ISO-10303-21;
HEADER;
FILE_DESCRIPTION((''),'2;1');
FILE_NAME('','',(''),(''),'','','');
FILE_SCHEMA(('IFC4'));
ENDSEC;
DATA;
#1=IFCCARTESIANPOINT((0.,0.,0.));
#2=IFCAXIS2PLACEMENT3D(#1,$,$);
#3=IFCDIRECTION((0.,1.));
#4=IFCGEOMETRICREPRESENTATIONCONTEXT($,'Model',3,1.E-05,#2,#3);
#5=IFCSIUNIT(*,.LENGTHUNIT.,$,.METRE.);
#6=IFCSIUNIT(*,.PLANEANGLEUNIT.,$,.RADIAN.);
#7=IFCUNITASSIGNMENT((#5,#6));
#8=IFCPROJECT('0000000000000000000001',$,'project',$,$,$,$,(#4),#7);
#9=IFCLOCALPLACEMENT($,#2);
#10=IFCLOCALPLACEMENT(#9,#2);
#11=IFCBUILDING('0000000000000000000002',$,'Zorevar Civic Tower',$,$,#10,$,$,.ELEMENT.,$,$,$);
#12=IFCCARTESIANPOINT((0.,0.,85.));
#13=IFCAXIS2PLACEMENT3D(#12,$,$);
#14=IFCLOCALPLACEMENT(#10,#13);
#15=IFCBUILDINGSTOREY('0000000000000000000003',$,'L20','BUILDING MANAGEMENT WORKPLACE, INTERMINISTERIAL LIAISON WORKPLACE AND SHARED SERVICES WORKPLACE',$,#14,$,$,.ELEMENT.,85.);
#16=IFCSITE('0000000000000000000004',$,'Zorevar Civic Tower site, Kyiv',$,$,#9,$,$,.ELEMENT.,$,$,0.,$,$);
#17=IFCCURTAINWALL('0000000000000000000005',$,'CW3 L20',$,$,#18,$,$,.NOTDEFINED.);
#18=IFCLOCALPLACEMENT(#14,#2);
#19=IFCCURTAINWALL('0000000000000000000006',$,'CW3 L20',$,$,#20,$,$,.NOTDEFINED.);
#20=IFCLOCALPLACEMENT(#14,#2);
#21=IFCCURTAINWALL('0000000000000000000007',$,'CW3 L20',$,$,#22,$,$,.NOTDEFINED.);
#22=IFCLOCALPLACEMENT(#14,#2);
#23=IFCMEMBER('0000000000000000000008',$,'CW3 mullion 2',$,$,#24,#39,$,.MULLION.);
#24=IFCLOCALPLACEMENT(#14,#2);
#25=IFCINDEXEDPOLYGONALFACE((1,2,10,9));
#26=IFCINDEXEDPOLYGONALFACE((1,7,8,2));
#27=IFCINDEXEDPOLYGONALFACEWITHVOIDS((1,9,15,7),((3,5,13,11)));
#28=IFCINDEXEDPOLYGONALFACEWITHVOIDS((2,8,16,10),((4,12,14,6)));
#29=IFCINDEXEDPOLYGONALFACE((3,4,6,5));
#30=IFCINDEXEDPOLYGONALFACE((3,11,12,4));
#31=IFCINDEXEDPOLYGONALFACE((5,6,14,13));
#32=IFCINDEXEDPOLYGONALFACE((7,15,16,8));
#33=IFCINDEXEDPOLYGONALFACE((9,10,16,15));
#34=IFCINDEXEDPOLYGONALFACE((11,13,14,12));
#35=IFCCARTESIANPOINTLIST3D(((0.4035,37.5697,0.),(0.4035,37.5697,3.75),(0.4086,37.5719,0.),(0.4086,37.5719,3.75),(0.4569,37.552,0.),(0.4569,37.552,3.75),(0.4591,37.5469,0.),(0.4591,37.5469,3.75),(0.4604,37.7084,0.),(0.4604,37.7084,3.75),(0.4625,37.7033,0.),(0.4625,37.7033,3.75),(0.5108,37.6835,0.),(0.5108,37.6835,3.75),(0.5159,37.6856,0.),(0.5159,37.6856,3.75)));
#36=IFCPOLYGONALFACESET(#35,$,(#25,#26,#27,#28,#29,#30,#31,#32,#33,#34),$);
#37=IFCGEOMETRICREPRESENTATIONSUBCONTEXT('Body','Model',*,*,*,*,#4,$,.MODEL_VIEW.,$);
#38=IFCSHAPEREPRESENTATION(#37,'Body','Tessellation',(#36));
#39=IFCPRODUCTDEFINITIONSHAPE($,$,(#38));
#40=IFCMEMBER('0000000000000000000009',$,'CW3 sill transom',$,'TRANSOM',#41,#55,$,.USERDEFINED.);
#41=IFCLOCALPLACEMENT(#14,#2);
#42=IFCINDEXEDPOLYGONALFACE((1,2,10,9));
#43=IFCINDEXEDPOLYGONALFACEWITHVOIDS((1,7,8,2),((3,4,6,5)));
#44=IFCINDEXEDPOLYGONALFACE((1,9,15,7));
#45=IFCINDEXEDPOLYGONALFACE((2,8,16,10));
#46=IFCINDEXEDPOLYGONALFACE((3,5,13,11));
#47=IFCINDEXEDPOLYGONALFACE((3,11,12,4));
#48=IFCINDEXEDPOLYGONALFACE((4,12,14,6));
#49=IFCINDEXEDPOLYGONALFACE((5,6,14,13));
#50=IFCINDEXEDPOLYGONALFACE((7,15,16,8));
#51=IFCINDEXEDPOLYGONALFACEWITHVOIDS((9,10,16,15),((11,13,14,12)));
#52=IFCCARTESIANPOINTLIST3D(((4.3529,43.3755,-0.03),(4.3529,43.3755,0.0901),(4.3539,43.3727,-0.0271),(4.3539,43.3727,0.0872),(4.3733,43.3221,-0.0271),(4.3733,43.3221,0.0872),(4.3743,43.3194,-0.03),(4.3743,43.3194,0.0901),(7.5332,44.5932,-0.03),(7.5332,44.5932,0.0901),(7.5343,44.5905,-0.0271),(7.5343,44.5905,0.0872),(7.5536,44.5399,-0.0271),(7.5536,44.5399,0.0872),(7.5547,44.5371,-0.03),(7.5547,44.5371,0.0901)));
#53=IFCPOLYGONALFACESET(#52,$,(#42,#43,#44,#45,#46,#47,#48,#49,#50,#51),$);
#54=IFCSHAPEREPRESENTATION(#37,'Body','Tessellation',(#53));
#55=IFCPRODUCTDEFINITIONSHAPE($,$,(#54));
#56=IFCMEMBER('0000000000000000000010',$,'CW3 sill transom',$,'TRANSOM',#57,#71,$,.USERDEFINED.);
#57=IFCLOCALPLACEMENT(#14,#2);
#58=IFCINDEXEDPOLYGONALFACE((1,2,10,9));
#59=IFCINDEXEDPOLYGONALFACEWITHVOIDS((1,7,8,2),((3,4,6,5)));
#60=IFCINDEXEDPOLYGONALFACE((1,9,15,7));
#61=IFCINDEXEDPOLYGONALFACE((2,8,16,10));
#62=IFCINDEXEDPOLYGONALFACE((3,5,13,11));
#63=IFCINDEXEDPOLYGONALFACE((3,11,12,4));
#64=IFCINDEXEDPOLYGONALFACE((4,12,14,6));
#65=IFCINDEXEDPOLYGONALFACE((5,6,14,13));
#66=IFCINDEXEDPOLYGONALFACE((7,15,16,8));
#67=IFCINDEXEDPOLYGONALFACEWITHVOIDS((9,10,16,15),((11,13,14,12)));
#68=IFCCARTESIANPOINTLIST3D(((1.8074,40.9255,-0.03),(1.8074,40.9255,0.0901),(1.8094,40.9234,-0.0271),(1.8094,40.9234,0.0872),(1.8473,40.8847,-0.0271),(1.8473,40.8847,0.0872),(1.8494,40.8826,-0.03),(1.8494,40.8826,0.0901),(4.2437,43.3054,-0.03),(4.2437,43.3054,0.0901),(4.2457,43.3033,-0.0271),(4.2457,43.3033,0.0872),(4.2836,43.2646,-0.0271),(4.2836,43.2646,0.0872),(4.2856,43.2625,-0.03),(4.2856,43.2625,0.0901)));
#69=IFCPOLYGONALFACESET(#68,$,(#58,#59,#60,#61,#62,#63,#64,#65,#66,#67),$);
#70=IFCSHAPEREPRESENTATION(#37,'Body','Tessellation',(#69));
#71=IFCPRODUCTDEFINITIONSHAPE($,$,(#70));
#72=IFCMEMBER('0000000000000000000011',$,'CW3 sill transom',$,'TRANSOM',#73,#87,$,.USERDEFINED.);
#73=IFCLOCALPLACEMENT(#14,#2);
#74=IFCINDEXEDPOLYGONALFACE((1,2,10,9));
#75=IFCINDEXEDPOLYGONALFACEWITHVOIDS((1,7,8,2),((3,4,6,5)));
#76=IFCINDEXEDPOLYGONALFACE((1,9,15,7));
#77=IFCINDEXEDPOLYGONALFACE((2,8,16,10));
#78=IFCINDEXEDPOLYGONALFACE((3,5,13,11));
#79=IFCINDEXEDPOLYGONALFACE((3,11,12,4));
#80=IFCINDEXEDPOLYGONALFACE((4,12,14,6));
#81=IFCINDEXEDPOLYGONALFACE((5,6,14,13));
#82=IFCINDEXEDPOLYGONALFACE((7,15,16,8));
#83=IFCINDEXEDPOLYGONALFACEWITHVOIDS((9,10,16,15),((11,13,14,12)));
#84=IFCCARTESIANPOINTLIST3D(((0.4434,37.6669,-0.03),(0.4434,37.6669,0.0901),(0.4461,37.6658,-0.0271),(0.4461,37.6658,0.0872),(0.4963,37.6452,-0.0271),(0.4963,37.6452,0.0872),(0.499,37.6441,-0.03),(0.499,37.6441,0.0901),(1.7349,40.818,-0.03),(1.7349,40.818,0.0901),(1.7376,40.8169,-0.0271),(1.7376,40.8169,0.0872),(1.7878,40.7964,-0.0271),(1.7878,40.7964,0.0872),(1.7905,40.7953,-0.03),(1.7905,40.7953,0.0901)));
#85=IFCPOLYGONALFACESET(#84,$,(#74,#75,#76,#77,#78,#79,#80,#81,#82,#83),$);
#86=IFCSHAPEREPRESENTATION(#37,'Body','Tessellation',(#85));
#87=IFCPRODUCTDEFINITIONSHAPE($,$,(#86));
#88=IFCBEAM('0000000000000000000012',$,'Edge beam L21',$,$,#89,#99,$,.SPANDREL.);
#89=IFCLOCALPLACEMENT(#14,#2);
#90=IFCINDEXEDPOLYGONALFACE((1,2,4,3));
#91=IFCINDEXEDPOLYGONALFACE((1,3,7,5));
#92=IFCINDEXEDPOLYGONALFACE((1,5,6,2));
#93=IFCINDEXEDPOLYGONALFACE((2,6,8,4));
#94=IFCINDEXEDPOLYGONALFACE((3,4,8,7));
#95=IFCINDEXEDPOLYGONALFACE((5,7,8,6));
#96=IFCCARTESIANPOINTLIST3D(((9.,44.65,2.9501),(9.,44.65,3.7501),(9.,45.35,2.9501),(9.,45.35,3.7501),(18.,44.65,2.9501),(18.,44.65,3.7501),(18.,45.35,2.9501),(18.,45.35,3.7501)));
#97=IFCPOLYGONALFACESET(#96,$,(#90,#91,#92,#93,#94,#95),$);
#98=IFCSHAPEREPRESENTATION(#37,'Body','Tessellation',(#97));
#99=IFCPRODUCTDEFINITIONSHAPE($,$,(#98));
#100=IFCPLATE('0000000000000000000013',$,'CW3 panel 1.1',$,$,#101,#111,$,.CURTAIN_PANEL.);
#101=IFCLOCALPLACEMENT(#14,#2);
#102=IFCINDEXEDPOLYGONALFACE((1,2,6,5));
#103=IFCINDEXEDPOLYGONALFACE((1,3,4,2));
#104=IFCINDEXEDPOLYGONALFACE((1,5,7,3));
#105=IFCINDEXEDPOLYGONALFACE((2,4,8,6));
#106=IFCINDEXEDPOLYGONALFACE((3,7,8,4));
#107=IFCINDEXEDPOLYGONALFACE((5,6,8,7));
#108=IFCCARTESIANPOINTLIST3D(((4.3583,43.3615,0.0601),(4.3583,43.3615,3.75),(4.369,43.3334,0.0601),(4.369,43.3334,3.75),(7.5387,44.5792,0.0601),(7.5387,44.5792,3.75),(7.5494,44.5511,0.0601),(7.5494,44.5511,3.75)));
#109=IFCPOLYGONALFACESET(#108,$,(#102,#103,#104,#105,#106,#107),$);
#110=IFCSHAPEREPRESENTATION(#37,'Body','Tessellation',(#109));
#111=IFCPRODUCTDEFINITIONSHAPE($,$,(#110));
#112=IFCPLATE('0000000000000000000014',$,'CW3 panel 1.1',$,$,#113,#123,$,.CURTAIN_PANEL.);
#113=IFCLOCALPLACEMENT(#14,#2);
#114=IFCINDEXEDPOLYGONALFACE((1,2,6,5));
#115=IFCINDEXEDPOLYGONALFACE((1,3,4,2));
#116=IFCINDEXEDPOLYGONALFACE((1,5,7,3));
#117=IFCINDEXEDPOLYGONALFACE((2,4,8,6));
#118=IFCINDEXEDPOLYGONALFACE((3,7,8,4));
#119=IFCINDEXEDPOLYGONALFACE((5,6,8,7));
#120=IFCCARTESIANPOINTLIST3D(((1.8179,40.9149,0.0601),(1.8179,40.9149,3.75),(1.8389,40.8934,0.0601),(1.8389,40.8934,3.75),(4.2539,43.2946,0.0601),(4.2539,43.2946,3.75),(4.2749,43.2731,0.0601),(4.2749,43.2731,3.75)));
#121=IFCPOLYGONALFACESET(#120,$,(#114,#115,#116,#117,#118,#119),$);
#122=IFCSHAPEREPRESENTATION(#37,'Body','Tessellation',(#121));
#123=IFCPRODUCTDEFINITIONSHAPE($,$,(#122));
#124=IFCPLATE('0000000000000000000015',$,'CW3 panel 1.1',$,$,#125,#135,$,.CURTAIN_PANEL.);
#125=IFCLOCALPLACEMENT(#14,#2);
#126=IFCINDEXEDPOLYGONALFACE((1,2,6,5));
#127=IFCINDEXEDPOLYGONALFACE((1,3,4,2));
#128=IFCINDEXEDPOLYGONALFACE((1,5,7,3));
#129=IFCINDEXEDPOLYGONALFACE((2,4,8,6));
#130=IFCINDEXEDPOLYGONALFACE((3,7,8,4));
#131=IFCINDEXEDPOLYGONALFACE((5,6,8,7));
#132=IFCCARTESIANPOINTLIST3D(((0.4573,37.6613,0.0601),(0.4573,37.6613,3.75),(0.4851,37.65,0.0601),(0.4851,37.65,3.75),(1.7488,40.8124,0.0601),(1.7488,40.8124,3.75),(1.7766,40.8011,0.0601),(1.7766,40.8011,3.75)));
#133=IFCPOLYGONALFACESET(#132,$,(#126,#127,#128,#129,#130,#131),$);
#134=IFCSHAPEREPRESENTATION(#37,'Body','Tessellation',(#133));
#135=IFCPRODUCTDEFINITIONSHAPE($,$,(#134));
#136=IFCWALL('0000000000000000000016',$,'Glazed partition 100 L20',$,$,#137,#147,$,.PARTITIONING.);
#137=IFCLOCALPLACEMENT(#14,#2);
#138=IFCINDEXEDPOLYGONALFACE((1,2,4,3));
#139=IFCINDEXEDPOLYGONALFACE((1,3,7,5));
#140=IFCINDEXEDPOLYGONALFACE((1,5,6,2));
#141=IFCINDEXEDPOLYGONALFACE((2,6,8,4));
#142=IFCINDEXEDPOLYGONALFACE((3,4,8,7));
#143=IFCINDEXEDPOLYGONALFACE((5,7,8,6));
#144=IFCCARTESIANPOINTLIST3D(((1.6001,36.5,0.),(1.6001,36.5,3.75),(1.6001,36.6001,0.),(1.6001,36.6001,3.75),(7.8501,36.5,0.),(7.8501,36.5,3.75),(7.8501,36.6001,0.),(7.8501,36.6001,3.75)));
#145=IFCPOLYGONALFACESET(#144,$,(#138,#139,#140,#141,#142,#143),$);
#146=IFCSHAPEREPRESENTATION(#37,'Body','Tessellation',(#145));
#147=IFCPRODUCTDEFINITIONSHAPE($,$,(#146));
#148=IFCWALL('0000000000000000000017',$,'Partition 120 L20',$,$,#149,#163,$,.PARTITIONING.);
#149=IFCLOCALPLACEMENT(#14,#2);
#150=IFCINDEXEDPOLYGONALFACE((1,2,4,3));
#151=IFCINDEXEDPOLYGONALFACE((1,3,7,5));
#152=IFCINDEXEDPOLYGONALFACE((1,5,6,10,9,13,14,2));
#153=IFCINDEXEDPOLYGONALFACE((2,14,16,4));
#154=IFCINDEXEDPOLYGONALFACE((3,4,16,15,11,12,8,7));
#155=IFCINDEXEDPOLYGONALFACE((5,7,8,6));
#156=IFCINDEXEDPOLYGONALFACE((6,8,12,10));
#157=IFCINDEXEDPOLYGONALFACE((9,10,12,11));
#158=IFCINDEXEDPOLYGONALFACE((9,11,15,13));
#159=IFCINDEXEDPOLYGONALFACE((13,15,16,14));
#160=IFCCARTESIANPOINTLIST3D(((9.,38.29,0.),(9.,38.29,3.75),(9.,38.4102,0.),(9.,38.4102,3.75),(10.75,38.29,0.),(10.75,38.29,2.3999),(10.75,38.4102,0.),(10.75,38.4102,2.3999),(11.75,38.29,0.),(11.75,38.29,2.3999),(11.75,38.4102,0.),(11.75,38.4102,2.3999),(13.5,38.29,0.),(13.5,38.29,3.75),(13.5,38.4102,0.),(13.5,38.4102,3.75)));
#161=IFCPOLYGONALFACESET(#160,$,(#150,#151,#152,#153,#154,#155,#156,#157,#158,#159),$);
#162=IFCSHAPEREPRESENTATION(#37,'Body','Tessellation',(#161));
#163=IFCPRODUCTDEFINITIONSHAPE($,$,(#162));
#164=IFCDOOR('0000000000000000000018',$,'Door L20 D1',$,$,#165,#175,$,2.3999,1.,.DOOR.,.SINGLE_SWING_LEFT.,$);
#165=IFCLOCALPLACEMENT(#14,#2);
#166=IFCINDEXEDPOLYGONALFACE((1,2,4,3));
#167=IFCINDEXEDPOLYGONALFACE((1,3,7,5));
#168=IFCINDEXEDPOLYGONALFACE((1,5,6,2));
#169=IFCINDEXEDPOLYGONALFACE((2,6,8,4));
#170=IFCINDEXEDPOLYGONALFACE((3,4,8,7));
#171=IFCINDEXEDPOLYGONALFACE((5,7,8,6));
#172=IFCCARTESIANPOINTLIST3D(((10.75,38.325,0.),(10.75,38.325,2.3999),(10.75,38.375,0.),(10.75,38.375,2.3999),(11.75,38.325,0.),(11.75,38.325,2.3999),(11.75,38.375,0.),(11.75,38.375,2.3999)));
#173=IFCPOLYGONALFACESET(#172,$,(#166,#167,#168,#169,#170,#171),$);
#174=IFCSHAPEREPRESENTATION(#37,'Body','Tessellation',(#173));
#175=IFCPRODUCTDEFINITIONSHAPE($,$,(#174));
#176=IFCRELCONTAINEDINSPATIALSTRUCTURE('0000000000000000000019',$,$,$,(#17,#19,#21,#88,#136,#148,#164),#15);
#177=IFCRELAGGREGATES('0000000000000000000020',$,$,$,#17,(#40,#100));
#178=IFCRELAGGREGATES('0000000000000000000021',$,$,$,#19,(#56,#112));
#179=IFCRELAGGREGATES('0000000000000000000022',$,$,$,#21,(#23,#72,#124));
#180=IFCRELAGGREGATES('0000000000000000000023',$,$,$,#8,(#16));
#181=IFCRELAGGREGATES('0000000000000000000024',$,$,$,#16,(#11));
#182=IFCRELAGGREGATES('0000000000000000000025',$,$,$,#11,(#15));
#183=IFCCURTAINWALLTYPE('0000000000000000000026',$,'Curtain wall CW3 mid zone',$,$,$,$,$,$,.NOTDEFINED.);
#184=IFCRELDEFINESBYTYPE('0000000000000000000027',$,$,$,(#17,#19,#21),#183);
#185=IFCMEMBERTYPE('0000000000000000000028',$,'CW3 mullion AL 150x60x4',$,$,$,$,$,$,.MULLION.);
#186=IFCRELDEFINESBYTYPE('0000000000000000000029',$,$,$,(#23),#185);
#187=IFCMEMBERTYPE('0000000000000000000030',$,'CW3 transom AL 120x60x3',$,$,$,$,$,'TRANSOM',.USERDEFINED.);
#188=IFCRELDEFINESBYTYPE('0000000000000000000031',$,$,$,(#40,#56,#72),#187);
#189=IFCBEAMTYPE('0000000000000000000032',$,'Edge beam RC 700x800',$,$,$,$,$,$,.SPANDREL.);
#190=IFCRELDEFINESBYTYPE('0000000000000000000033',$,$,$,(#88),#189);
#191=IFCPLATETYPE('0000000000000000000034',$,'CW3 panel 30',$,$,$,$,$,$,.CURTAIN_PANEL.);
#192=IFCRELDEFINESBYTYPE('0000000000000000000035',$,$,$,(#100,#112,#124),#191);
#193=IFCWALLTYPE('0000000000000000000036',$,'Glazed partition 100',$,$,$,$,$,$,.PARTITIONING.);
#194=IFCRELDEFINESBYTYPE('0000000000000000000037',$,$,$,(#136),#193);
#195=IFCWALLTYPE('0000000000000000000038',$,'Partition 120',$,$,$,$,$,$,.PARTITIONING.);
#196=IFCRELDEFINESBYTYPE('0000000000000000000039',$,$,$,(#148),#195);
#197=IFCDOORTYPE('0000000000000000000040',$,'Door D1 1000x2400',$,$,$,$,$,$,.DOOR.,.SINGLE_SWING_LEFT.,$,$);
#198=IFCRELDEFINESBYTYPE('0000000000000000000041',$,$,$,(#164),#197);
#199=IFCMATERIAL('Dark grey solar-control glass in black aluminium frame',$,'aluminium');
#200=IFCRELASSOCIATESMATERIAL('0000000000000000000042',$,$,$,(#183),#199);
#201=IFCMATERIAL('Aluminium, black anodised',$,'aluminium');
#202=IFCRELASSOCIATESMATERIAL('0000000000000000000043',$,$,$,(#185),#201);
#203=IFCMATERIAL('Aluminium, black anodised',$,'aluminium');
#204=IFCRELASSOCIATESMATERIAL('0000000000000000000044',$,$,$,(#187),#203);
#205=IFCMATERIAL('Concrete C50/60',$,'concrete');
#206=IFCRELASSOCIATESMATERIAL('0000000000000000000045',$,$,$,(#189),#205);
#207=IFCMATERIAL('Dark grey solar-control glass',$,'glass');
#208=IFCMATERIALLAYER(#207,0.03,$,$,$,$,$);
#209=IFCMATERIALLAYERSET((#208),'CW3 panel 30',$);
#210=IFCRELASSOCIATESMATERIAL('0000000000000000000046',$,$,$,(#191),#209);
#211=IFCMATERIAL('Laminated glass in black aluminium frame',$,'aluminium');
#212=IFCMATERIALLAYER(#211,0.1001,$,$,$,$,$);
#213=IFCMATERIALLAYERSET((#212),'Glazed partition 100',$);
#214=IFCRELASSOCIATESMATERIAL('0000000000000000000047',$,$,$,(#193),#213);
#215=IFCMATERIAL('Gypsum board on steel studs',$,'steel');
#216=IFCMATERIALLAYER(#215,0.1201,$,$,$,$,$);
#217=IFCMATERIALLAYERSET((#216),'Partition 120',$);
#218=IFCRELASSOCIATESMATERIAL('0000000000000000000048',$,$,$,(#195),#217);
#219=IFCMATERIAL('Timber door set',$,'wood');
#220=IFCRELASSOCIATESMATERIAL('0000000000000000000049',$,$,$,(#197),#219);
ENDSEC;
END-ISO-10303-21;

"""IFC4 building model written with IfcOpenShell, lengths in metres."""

from ifc_helpers import new_model, si_unit, direction, frame, frame_2d, origin, origin_2d, place, context, subcontext, project, spatial, rectangle, hollow_rectangle, extrude, material, layer, layer_set, material_profile, profile_set, type_object, element, fill, aggregate, save


model = new_model("IFC4")

# Units and contexts
model_context = context("Model", 3, precision=1e-05, world=origin(), true_north=direction((0.0, 1.0)))
body_context = subcontext(model_context, "Body", "Model", "MODEL_VIEW")
ifc_project = project(units=[si_unit("LENGTHUNIT", "METRE"), si_unit("PLANEANGLEUNIT", "RADIAN")], contexts=[model_context])

# Site, building, storey
site_placement = place(None, origin())
site = spatial("IfcSite", under=ifc_project, at=site_placement, Name="Zorevar Civic Tower site, Kyiv", CompositionType="ELEMENT", RefElevation=0.0)
building_placement = place(site_placement, origin())
building = spatial("IfcBuilding", under=site, at=building_placement, Name="Zorevar Civic Tower", CompositionType="ELEMENT")
storey_placement = place(building_placement, frame((0.0, 0.0, 85.0)))
storey = spatial("IfcBuildingStorey", under=building, at=storey_placement, Name="L20", Description="BUILDING MANAGEMENT WORKPLACE, INTERMINISTERIAL LIAISON WORKPLACE AND SHARED SERVICES WORKPLACE", CompositionType="ELEMENT", Elevation=85.0)

# Shared definitions
ifc_material_1 = material(Name="Dark grey solar-control glass in black aluminium frame", Category="aluminium")
curtain_wall_type = type_object("IfcCurtainWallType", Name="Curtain wall CW3 mid zone", PredefinedType="NOTDEFINED", material=ifc_material_1)
ifc_material_2 = material(Name="Aluminium, black anodised", Category="aluminium")
ifc_material_profile_1 = material_profile(ifc_material_2, hollow_rectangle(XDim=0.0601, YDim=0.1499, WallThickness=0.0039, at=origin_2d()), Name="AL 150x60x4")
ifc_profile_set_1 = profile_set([ifc_material_profile_1], Name="Aluminium, black anodised")
member_type_1 = type_object("IfcMemberType", Name="CW3 mullion AL 150x60x4", PredefinedType="MULLION", material=ifc_profile_set_1)

# Curtain walls, member
curtain_wall_1_placement = place(storey_placement, origin())
curtain_wall_1 = element("IfcCurtainWall", 1, at=curtain_wall_1_placement, inside=storey, type_object=curtain_wall_type, Name="CW3 L20", PredefinedType="NOTDEFINED")
curtain_wall_2_placement = place(storey_placement, origin())
curtain_wall_2 = element("IfcCurtainWall", 2, at=curtain_wall_2_placement, inside=storey, type_object=curtain_wall_type, Name="CW3 L20", PredefinedType="NOTDEFINED")
curtain_wall_3_placement = place(storey_placement, origin())
curtain_wall_3 = element("IfcCurtainWall", 3, at=curtain_wall_3_placement, inside=storey, type_object=curtain_wall_type, Name="CW3 L20", PredefinedType="NOTDEFINED")
member_1_placement = place(storey_placement, frame((0.4597, 37.6277, 0.0), z_axis=(0.0, 0.0, 1.0), x_axis=(0.925294, -0.379251, 0.0)))
member_1 = element("IfcMember", 4, at=member_1_placement, type_object=member_type_1, Name="CW3 mullion 2", PredefinedType="MULLION", context=body_context, shape_type="SweptSolid", body=[
    extrude(hollow_rectangle(XDim=0.0601, YDim=0.1499, WallThickness=0.0039, at=origin_2d()), origin(), (0.0, 0.0, 1.0), 3.75),
])

# Members
ifc_material_3 = material(Name="Aluminium, black anodised", Category="aluminium")
ifc_material_profile_2 = material_profile(ifc_material_3, hollow_rectangle(XDim=0.0601, YDim=0.1201, WallThickness=0.0029, at=origin_2d()), Name="AL 120x60x3")
ifc_profile_set_2 = profile_set([ifc_material_profile_2], Name="Aluminium, black anodised")
member_type_2 = type_object("IfcMemberType", Name="CW3 transom AL 120x60x3", ElementType="TRANSOM", PredefinedType="USERDEFINED", material=ifc_profile_set_2)
member_2_placement = place(storey_placement, frame((7.5439, 44.5652, 0.03), z_axis=(-0.933882, -0.357581, 0.0), x_axis=(0.357581, -0.933882, 0.0)))
member_2 = element("IfcMember", 5, at=member_2_placement, type_object=member_type_2, Name="CW3 sill transom", ObjectType="TRANSOM", PredefinedType="USERDEFINED", context=body_context, shape_type="SweptSolid", body=[
    extrude(hollow_rectangle(XDim=0.0601, YDim=0.1201, WallThickness=0.0029, at=origin_2d()), origin(), (0.0, 0.0, 1.0), 3.4055),
])
member_3_placement = place(storey_placement, frame((4.2646, 43.2839, 0.03), z_axis=(-0.715338, -0.698779, 0.0), x_axis=(0.698779, -0.715338, 0.0)))
member_3 = element("IfcMember", 6, at=member_3_placement, type_object=member_type_2, Name="CW3 sill transom", ObjectType="TRANSOM", PredefinedType="USERDEFINED", context=body_context, shape_type="SweptSolid", body=[
    extrude(hollow_rectangle(XDim=0.0601, YDim=0.1201, WallThickness=0.0029, at=origin_2d()), origin(), (0.0, 0.0, 1.0), 3.4058),
])
member_4_placement = place(storey_placement, frame((1.7627, 40.8066, 0.03), z_axis=(-0.379239, -0.925299, 0.0), x_axis=(0.925299, -0.379239, 0.0)))
member_4 = element("IfcMember", 7, at=member_4_placement, type_object=member_type_2, Name="CW3 sill transom", ObjectType="TRANSOM", PredefinedType="USERDEFINED", context=body_context, shape_type="SweptSolid", body=[
    extrude(hollow_rectangle(XDim=0.0601, YDim=0.1201, WallThickness=0.0029, at=origin_2d()), origin(), (0.0, 0.0, 1.0), 3.4055),
])

# Beam
ifc_material_4 = material(Name="Concrete C50/60", Category="concrete")
ifc_material_profile_3 = material_profile(ifc_material_4, rectangle(XDim=0.7, YDim=0.8, at=origin_2d()), Name="RC 700x800")
ifc_profile_set_3 = profile_set([ifc_material_profile_3], Name="Concrete C50/60")
beam_type_1 = type_object("IfcBeamType", Name="Edge beam RC 700x800", PredefinedType="SPANDREL", material=ifc_profile_set_3)
beam_1_placement = place(storey_placement, frame((9.0, 45.0, 3.3501), z_axis=(1.0, 0.0, 0.0), x_axis=(0.0, 1.0, 0.0)))
element("IfcBeam", 8, at=beam_1_placement, inside=storey, type_object=beam_type_1, Name="Edge beam L21", PredefinedType="SPANDREL", context=body_context, shape_type="SweptSolid", body=[
    extrude(rectangle(XDim=0.7, YDim=0.8, at=origin_2d()), origin(), (0.0, 0.0, 1.0), 9.0),
])

# Plates
ifc_material_5 = material(Name="Dark grey solar-control glass", Category="glass")
ifc_layer_1 = layer(ifc_material_5, 0.03)
ifc_layer_set_1 = layer_set([ifc_layer_1], Name="CW3 panel 30")
plate_type = type_object("IfcPlateType", Name="CW3 panel 30", PredefinedType="CURTAIN_PANEL", material=ifc_layer_set_1)
plate_1_placement = place(storey_placement, frame((5.9539, 43.9563, 0.0601), z_axis=(0.0, 0.0, 1.0), x_axis=(-0.93389, -0.357561, 0.0)))
plate_1 = element("IfcPlate", 9, at=plate_1_placement, type_object=plate_type, Name="CW3 panel 1.1", PredefinedType="CURTAIN_PANEL", context=body_context, shape_type="SweptSolid", body=[
    extrude(rectangle(XDim=3.4055, YDim=0.03, at=origin_2d()), origin(), (0.0, 0.0, 1.0), 3.6899),
])
aggregate(curtain_wall_1, [member_2, plate_1])
plate_2_placement = place(storey_placement, frame((3.0464, 42.094, 0.0601), z_axis=(0.0, 0.0, 1.0), x_axis=(-0.71532, -0.698797, 0.0)))
plate_2 = element("IfcPlate", 10, at=plate_2_placement, type_object=plate_type, Name="CW3 panel 1.1", PredefinedType="CURTAIN_PANEL", context=body_context, shape_type="SweptSolid", body=[
    extrude(rectangle(XDim=3.4055, YDim=0.03, at=origin_2d()), origin(), (0.0, 0.0, 1.0), 3.6899),
])
aggregate(curtain_wall_2, [member_3, plate_2])
plate_3_placement = place(storey_placement, frame((1.1169, 39.2312, 0.0601), z_axis=(0.0, 0.0, 1.0), x_axis=(-0.379251, -0.925294, 0.0)))
plate_3 = element("IfcPlate", 11, at=plate_3_placement, type_object=plate_type, Name="CW3 panel 1.1", PredefinedType="CURTAIN_PANEL", context=body_context, shape_type="SweptSolid", body=[
    extrude(rectangle(XDim=3.4055, YDim=0.03, at=origin_2d()), origin(), (0.0, 0.0, 1.0), 3.6899),
])
aggregate(curtain_wall_3, [member_1, member_4, plate_3])

# Wall
ifc_material_6 = material(Name="Laminated glass in black aluminium frame", Category="aluminium")
ifc_layer_2 = layer(ifc_material_6, 0.1001)
ifc_layer_set_2 = layer_set([ifc_layer_2], Name="Glazed partition 100")
wall_type_1 = type_object("IfcWallType", Name="Glazed partition 100", PredefinedType="PARTITIONING", material=ifc_layer_set_2)
wall_1_placement = place(storey_placement, frame((1.6001, 36.55, 0.0), z_axis=(0.0, 0.0, 1.0), x_axis=(1.0, 0.0, 0.0)))
element("IfcWall", 12, at=wall_1_placement, inside=storey, type_object=wall_type_1, Name="Glazed partition 100 L20", PredefinedType="PARTITIONING", context=body_context, shape_type="SweptSolid", body=[
    extrude(rectangle(XDim=6.25, YDim=0.1001, at=frame_2d((3.125, 0.0))), origin(), (0.0, 0.0, 1.0), 3.75),
])

# Wall, opening, door
ifc_material_7 = material(Name="Gypsum board on steel studs", Category="steel")
ifc_layer_3 = layer(ifc_material_7, 0.1201)
ifc_layer_set_3 = layer_set([ifc_layer_3], Name="Partition 120")
wall_type_2 = type_object("IfcWallType", Name="Partition 120", PredefinedType="PARTITIONING", material=ifc_layer_set_3)
wall_2_placement = place(storey_placement, frame((9.0, 38.3501, 0.0), z_axis=(0.0, 0.0, 1.0), x_axis=(1.0, 0.0, 0.0)))
wall_2 = element("IfcWall", 13, at=wall_2_placement, inside=storey, type_object=wall_type_2, Name="Partition 120 L20", PredefinedType="PARTITIONING", context=body_context, shape_type="SweptSolid", body=[
    extrude(rectangle(XDim=4.5, YDim=0.1201, at=frame_2d((2.25, 0.0))), origin(), (0.0, 0.0, 1.0), 3.75),
])
opening_placement = place(wall_2_placement, frame((1.75, 0.0, 0.0)))
opening = element("IfcOpeningElement", 14, at=opening_placement, cuts=wall_2, PredefinedType="OPENING", context=body_context, shape_type="SweptSolid", body=[
    extrude(rectangle(XDim=1.0, YDim=2.3999, at=frame_2d((0.5, 1.2))), frame((0.0, 0.0701, 0.0), z_axis=(0.0, -1.0, 0.0), x_axis=(1.0, 0.0, 0.0)), (0.0, 0.0, 1.0), 0.1401),
])
ifc_material_8 = material(Name="Timber door set", Category="wood")
door_type = type_object("IfcDoorType", Name="Door D1 1000x2400", OperationType="SINGLE_SWING_LEFT", PredefinedType="DOOR", material=ifc_material_8)
door_placement = place(opening_placement, origin())
door = element("IfcDoor", 15, at=door_placement, inside=storey, type_object=door_type, Name="Door L20 D1", OperationType="SINGLE_SWING_LEFT", OverallHeight=2.3999, OverallWidth=1.0, PredefinedType="DOOR", context=body_context, shape_type="SweptSolid", body=[
    extrude(rectangle(XDim=1.0, YDim=2.3999, at=frame_2d((0.5, 1.2))), frame((0.0, 0.0249, 0.0), z_axis=(0.0, -1.0, 0.0), x_axis=(1.0, 0.0, 0.0)), (0.0, 0.0, 1.0), 0.05),
])
fill(opening, door)

save(model, "model.ifc")
